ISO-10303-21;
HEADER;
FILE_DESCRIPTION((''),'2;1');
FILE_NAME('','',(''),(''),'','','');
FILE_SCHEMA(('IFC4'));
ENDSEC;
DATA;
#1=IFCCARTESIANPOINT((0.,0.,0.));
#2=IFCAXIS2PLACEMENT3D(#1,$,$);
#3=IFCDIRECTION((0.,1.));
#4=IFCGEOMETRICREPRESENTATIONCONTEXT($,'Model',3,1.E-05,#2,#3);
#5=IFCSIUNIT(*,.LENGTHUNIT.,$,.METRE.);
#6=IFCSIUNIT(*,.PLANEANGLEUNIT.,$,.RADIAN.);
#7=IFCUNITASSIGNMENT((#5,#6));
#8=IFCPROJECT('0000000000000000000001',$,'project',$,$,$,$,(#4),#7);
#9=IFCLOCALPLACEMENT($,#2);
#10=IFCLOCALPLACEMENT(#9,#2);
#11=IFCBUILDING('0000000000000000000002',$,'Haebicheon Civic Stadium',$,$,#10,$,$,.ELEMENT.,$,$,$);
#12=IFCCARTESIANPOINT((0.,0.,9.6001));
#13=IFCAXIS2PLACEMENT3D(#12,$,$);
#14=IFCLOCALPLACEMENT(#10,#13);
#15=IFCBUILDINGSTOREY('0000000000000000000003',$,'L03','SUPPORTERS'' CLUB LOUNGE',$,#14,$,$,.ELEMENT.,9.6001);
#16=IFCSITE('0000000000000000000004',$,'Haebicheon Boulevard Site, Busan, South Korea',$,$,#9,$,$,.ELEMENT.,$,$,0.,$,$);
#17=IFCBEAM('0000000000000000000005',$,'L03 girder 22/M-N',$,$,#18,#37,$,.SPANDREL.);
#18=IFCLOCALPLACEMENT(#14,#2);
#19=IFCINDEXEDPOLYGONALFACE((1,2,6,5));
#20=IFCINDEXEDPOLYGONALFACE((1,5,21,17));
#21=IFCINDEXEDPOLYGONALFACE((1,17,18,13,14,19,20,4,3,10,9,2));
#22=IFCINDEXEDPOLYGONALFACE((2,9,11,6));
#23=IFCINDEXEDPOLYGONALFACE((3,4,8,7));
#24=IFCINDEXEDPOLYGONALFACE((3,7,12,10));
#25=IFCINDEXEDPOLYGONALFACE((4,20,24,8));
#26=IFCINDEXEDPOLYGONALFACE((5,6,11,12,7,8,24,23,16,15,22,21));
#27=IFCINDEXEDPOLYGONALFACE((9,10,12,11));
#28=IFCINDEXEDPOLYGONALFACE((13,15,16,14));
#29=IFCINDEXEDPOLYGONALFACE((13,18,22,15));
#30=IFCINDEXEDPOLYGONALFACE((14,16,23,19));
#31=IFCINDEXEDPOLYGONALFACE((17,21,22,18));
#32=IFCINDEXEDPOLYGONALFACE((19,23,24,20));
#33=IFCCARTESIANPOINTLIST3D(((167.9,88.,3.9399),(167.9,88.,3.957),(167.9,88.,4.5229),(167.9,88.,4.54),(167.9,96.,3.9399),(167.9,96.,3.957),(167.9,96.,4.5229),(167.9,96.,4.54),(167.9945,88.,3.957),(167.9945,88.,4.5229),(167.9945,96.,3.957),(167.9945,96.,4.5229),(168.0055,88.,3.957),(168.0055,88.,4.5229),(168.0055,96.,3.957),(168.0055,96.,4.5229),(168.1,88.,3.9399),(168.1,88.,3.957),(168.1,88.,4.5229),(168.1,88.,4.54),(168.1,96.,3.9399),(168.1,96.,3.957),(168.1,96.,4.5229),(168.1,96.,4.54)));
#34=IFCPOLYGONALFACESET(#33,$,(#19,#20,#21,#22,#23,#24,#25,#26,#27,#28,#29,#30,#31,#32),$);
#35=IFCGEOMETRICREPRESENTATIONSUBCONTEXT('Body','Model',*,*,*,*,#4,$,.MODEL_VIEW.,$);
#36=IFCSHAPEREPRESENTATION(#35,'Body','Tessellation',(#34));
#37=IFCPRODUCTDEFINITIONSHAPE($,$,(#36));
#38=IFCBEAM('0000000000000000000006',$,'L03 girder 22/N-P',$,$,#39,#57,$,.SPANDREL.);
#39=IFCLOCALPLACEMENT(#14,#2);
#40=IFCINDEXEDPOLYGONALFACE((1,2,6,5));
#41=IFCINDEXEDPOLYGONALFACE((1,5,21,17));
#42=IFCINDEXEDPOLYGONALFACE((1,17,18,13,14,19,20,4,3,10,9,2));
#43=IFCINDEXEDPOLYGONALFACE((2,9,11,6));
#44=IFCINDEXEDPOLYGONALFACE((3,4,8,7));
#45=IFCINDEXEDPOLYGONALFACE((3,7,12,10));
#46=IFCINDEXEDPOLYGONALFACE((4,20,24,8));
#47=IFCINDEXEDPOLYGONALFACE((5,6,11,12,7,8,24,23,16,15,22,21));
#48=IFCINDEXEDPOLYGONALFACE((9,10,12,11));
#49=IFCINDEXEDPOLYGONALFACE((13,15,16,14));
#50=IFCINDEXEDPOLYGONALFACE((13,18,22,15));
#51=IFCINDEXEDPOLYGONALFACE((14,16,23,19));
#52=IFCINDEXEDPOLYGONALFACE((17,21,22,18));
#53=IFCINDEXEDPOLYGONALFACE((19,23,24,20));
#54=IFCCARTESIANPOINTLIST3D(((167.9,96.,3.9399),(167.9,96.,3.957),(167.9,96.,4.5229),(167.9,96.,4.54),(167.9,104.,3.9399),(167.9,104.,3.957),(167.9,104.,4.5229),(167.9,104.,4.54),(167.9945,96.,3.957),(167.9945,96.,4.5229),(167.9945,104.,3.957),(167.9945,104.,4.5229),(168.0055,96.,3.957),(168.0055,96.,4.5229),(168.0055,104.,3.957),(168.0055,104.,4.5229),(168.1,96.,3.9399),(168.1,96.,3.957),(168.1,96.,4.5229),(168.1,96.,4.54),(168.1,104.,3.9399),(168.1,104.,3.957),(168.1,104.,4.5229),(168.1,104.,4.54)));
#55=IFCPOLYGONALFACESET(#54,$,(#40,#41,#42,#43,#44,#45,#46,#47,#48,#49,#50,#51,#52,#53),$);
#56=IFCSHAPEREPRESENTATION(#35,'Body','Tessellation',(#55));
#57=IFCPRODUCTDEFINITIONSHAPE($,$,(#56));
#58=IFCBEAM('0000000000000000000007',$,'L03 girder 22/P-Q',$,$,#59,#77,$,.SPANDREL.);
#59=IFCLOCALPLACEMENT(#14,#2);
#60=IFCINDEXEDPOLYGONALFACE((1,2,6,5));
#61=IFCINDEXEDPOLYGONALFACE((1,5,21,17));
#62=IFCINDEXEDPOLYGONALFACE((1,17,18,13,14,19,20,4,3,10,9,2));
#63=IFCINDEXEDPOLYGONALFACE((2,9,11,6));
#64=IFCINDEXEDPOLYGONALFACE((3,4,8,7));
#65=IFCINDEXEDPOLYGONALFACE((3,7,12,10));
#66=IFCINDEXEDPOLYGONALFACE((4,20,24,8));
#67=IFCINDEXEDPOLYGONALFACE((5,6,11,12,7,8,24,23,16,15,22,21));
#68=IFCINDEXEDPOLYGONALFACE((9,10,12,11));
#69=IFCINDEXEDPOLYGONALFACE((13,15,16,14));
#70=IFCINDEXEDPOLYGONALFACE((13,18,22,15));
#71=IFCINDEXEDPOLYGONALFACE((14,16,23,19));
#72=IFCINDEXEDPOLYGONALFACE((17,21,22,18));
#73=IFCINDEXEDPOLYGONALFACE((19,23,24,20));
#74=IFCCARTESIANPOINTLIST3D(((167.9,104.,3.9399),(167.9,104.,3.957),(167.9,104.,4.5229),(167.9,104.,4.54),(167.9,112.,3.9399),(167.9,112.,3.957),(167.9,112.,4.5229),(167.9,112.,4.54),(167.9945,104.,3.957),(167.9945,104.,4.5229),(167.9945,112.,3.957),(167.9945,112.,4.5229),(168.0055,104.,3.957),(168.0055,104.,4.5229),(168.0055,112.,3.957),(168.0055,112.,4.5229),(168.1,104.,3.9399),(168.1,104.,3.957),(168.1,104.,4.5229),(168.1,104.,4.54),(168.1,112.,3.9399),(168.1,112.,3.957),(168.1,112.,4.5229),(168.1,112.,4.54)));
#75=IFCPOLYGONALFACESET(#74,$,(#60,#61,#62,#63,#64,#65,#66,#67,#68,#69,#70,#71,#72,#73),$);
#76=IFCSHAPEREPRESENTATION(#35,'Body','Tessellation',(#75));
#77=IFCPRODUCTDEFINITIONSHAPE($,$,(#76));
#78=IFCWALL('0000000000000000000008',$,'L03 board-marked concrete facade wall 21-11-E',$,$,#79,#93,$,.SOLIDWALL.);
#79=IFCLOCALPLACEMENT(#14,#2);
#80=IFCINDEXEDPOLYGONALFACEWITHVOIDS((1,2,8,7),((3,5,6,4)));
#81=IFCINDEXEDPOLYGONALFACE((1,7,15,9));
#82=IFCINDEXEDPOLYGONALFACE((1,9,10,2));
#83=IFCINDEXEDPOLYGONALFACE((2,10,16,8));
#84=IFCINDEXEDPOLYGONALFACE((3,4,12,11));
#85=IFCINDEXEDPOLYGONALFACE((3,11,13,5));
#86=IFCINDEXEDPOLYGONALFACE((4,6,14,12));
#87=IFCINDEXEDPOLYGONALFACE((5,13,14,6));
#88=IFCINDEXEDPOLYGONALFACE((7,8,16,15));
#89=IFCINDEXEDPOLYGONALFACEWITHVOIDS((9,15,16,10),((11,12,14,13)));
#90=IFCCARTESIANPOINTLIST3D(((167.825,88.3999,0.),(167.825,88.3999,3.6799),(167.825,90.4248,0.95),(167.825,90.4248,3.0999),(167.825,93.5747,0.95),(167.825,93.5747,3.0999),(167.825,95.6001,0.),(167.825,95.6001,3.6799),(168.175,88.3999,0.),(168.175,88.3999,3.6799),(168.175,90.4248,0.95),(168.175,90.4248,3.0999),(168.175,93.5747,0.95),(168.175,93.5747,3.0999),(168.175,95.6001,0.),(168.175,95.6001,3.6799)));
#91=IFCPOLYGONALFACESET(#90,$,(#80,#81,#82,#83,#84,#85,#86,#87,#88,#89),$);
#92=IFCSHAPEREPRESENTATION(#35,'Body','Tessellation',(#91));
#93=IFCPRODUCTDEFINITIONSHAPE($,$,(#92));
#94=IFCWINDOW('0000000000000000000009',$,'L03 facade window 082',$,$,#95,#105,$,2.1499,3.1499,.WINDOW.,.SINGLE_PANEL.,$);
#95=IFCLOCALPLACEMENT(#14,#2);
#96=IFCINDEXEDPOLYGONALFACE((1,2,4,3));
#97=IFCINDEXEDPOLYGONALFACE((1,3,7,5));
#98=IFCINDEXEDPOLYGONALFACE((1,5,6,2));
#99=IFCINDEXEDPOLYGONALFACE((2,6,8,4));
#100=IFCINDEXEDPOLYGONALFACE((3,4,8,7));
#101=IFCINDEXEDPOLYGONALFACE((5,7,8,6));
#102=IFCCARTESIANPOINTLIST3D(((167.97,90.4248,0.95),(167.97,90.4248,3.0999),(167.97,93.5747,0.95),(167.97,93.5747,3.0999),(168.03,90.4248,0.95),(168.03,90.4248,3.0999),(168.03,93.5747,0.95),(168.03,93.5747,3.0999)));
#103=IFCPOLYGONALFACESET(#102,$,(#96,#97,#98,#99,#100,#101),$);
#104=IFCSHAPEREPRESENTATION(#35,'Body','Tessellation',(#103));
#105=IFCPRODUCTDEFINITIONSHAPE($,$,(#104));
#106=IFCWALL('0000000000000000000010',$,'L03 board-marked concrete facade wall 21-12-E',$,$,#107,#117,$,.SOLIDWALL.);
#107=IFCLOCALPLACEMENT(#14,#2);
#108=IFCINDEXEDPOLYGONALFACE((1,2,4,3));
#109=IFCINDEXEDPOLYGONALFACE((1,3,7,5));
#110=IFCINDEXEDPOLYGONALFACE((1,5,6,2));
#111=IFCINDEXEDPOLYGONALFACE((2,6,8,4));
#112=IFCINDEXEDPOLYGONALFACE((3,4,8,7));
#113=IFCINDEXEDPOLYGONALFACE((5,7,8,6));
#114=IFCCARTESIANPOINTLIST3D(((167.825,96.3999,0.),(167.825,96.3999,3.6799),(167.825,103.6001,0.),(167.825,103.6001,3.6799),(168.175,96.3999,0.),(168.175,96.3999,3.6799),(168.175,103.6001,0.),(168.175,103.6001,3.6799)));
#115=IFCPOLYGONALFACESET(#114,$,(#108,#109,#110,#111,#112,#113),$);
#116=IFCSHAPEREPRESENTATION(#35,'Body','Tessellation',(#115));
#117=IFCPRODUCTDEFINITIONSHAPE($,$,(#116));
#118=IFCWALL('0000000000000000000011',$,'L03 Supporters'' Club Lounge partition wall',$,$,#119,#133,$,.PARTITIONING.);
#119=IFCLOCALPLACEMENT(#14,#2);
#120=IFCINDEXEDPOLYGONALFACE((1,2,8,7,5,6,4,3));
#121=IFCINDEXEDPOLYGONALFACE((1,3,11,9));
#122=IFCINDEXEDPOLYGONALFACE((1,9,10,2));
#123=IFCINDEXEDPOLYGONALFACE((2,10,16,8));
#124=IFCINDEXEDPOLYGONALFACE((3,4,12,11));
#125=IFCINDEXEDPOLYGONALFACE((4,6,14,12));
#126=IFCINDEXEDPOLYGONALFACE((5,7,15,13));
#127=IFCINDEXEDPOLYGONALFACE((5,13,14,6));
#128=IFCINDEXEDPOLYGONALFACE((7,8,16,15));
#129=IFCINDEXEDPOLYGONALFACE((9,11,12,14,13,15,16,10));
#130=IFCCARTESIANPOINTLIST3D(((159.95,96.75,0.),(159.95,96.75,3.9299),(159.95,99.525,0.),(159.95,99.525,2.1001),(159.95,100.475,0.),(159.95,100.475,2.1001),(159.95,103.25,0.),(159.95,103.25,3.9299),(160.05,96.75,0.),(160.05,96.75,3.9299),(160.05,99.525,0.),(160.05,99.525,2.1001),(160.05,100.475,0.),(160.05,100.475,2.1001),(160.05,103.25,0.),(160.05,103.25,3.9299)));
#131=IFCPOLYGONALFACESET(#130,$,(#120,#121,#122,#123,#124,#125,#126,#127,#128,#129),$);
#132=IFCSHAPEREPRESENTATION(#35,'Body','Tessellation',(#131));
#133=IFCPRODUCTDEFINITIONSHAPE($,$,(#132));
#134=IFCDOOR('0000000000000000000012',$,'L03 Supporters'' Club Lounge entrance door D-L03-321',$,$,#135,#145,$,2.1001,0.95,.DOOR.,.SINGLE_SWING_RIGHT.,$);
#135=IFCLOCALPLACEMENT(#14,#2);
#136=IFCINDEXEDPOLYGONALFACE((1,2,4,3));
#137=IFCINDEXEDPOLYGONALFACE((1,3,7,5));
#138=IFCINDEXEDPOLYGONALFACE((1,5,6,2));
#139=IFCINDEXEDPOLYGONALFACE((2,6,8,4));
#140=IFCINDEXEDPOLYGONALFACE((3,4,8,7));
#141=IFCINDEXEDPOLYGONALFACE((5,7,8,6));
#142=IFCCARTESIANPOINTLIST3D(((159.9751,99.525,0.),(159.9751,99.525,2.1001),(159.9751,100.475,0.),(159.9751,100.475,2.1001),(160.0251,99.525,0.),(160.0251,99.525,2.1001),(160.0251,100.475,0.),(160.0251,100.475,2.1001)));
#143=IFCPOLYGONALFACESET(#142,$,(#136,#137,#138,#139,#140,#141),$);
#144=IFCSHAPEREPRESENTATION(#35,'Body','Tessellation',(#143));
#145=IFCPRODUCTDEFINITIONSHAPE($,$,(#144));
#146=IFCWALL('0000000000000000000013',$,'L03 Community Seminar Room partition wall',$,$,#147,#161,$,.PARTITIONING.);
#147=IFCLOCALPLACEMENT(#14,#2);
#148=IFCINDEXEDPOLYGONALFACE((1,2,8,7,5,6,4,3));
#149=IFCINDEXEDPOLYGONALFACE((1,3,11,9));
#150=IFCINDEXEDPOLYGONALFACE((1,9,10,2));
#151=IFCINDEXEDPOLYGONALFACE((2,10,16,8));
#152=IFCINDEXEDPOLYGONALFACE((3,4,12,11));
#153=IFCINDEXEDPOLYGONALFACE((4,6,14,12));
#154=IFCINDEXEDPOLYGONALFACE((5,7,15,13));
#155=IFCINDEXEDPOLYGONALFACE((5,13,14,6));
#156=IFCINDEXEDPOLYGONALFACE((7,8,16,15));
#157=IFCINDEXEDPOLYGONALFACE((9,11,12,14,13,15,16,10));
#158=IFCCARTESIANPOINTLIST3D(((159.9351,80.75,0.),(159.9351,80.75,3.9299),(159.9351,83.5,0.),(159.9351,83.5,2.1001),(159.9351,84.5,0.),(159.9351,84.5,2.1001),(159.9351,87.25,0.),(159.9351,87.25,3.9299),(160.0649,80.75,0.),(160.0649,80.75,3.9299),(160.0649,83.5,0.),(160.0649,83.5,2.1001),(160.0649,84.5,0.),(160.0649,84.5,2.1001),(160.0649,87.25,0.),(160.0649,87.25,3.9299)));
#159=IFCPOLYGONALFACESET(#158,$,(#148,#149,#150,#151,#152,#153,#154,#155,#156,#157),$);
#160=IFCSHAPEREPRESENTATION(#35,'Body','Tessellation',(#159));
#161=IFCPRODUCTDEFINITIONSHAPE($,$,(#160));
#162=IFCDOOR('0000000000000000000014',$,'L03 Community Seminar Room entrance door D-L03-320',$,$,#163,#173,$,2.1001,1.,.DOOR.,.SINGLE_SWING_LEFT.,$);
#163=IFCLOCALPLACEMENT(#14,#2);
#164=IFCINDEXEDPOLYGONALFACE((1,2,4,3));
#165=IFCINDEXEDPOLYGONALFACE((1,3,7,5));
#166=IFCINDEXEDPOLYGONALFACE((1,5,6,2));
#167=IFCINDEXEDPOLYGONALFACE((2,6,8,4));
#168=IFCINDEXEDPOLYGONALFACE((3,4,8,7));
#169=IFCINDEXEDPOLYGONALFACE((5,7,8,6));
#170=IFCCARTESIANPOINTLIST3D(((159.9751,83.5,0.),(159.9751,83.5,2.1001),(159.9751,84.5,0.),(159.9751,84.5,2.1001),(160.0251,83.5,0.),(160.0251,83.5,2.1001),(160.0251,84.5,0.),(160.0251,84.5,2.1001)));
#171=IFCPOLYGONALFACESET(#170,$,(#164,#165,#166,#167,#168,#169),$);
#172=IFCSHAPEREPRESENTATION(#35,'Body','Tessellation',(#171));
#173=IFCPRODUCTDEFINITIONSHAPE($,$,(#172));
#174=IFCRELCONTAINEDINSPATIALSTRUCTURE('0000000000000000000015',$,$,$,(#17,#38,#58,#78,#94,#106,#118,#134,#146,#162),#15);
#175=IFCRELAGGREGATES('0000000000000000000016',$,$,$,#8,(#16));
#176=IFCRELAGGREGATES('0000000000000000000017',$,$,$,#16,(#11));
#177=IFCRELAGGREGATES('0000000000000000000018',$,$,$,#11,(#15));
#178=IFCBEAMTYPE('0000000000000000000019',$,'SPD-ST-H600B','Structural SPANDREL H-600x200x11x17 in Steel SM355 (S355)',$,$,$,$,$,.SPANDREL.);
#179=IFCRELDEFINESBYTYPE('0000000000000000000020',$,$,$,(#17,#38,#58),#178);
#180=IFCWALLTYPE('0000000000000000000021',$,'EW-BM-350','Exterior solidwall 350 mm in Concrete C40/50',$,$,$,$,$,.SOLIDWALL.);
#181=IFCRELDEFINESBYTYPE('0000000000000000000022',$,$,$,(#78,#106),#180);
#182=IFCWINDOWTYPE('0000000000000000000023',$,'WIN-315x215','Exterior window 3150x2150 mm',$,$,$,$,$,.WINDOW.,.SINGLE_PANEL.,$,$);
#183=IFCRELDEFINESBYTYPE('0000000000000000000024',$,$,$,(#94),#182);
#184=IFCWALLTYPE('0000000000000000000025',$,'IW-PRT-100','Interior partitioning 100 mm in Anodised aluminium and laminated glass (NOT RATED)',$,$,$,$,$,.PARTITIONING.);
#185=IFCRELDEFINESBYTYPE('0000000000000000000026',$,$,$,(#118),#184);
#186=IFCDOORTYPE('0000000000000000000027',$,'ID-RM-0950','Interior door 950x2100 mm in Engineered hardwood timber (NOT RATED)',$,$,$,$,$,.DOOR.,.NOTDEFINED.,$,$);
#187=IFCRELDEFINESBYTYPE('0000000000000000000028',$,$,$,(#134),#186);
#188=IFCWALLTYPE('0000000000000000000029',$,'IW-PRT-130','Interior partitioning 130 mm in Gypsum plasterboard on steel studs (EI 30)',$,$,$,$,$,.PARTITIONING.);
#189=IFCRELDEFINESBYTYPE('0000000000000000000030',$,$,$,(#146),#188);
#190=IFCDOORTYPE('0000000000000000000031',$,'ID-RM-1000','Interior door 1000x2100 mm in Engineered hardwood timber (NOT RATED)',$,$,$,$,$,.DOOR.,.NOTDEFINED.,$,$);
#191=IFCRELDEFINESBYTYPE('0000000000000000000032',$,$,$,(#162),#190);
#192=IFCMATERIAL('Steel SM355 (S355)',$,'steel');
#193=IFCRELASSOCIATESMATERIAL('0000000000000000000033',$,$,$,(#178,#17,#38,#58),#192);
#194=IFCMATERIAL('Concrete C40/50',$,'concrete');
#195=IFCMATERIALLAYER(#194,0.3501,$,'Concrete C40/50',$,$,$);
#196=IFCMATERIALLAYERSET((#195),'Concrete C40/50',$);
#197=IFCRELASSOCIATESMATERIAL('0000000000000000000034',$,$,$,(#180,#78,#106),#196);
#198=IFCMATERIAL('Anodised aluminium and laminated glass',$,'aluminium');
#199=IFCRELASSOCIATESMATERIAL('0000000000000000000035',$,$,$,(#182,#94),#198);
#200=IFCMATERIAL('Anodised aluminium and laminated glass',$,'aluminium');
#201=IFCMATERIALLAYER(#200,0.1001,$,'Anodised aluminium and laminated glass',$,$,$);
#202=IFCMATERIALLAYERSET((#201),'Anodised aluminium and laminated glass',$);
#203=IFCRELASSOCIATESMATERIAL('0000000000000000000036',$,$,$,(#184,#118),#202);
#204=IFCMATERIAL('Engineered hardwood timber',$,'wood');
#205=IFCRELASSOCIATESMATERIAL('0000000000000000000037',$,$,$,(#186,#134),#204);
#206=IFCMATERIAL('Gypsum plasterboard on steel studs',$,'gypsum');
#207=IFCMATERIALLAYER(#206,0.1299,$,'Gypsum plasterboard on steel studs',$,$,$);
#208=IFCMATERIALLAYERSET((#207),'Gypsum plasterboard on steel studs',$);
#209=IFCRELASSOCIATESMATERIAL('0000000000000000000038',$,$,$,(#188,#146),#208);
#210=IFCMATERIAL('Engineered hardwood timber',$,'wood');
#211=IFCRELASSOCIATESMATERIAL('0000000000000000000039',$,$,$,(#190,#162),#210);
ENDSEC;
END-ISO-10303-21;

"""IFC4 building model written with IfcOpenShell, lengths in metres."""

from ifc_helpers import new_model, si_unit, direction, frame, frame_2d, origin, origin_2d, place, context, subcontext, project, spatial, rectangle, i_section, extrude, material, layer, layer_set, material_profile, profile_set, type_object, element, fill, save


model = new_model("IFC4")

# Units and contexts
model_context = context("Model", 3, precision=1e-05, world=origin(), true_north=direction((0.0, 1.0)))
body_context = subcontext(model_context, "Body", "Model", "MODEL_VIEW")
ifc_project = project(units=[si_unit("LENGTHUNIT", "METRE"), si_unit("PLANEANGLEUNIT", "RADIAN")], contexts=[model_context])

# Site, building, storey
site_placement = place(None, origin())
site = spatial("IfcSite", under=ifc_project, at=site_placement, Name="Haebicheon Boulevard Site, Busan, South Korea", CompositionType="ELEMENT", RefElevation=0.0)
building_placement = place(site_placement, origin())
building = spatial("IfcBuilding", under=site, at=building_placement, Name="Haebicheon Civic Stadium", CompositionType="ELEMENT")
storey_placement = place(building_placement, frame((0.0, 0.0, 9.6001)))
storey = spatial("IfcBuildingStorey", under=building, at=storey_placement, Name="L03", Description="SUPPORTERS' CLUB LOUNGE", CompositionType="ELEMENT", Elevation=9.6001)

# Beams
ifc_material_1 = material(Name="Steel SM355 (S355)", Category="steel")
ifc_material_profile_1 = material_profile(ifc_material_1, i_section(OverallWidth=0.2, OverallDepth=0.6001, WebThickness=0.011, FlangeThickness=0.0171, at=origin_2d()), Name="H-600x200x11x17")
ifc_profile_set_1 = profile_set([ifc_material_profile_1], Name="Steel SM355 (S355)")
beam_type_1 = type_object("IfcBeamType", Name="SPD-ST-H600B", Description="Structural SPANDREL H-600x200x11x17 in Steel SM355 (S355)", PredefinedType="SPANDREL", material=ifc_profile_set_1)
for number, where, z_axis, x_axis, name in (
    (1, (168.0, 88.0, 4.24), (0.0, 1.0, 0.0), (-1.0, 0.0, 0.0), "L03 girder 22/M-N"),
    (2, (168.0, 96.0, 4.24), (0.0, 1.0, 0.0), (-1.0, 0.0, 0.0), "L03 girder 22/N-P"),
    (3, (168.0, 104.0, 4.24), (0.0, 1.0, 0.0), (-1.0, 0.0, 0.0), "L03 girder 22/P-Q"),
):
    element("IfcBeam", number, at=place(storey_placement, frame(where, z_axis=z_axis, x_axis=x_axis)), inside=storey, type_object=beam_type_1, material=ifc_profile_set_1, Name=name, PredefinedType="SPANDREL", context=body_context, shape_type="SweptSolid", body=[
        extrude(i_section(OverallWidth=0.2, OverallDepth=0.6001, WebThickness=0.011, FlangeThickness=0.0171, at=origin_2d()), origin(), (0.0, 0.0, 1.0), 8.0),
    ])

# Wall, opening, window
ifc_material_2 = material(Name="Concrete C40/50", Category="concrete")
ifc_layer_1 = layer(ifc_material_2, 0.3501, Name="Concrete C40/50")
ifc_layer_set_1 = layer_set([ifc_layer_1], Name="Concrete C40/50")
wall_type_1 = type_object("IfcWallType", Name="EW-BM-350", Description="Exterior solidwall 350 mm in Concrete C40/50", PredefinedType="SOLIDWALL", material=ifc_layer_set_1)
wall_1_placement = place(storey_placement, frame((168.0, 88.3999, 0.0), z_axis=(0.0, 0.0, 1.0), x_axis=(0.0, 1.0, 0.0)))
wall_1 = element("IfcWall", 4, at=wall_1_placement, inside=storey, type_object=wall_type_1, material=ifc_layer_set_1, Name="L03 board-marked concrete facade wall 21-11-E", PredefinedType="SOLIDWALL", context=body_context, shape_type="SweptSolid", body=[
    extrude(rectangle(XDim=7.2002, YDim=0.3501, at=frame_2d((3.6001, 0.0))), origin(), (0.0, 0.0, 1.0), 3.6799),
])
opening_1_placement = place(wall_1_placement, frame((2.0249, 0.0, 0.95)))
opening_1 = element("IfcOpeningElement", 5, at=opening_1_placement, cuts=wall_1, PredefinedType="OPENING", context=body_context, shape_type="SweptSolid", body=[
    extrude(rectangle(XDim=3.1499, YDim=2.1499, at=frame_2d((1.575, 1.075))), frame((0.0, 0.1851, 0.0), z_axis=(0.0, -1.0, 0.0), x_axis=(1.0, 0.0, 0.0)), (0.0, 0.0, 1.0), 0.3701),
])
ifc_material_3 = material(Name="Anodised aluminium and laminated glass", Category="aluminium")
window_type = type_object("IfcWindowType", Name="WIN-315x215", Description="Exterior window 3150x2150 mm", PartitioningType="SINGLE_PANEL", PredefinedType="WINDOW", material=ifc_material_3)
window_placement = place(opening_1_placement, origin())
window = element("IfcWindow", 6, at=window_placement, inside=storey, type_object=window_type, material=ifc_material_3, Name="L03 facade window 082", OverallHeight=2.1499, OverallWidth=3.1499, PartitioningType="SINGLE_PANEL", PredefinedType="WINDOW", context=body_context, shape_type="SweptSolid", body=[
    extrude(rectangle(XDim=3.1499, YDim=2.1499, at=frame_2d((1.575, 1.075))), frame((0.0, 0.03, 0.0), z_axis=(0.0, -1.0, 0.0), x_axis=(1.0, 0.0, 0.0)), (0.0, 0.0, 1.0), 0.0601),
])
fill(opening_1, window)

# Wall
wall_2_placement = place(storey_placement, frame((168.0, 96.3999, 0.0), z_axis=(0.0, 0.0, 1.0), x_axis=(0.0, 1.0, 0.0)))
element("IfcWall", 7, at=wall_2_placement, inside=storey, type_object=wall_type_1, material=ifc_layer_set_1, Name="L03 board-marked concrete facade wall 21-12-E", PredefinedType="SOLIDWALL", context=body_context, shape_type="SweptSolid", body=[
    extrude(rectangle(XDim=7.2002, YDim=0.3501, at=frame_2d((3.6001, 0.0))), origin(), (0.0, 0.0, 1.0), 3.6799),
])

# Walls, openings, doors
ifc_material_4 = material(Name="Anodised aluminium and laminated glass", Category="aluminium")
ifc_layer_2 = layer(ifc_material_4, 0.1001, Name="Anodised aluminium and laminated glass")
ifc_layer_set_2 = layer_set([ifc_layer_2], Name="Anodised aluminium and laminated glass")
wall_type_2 = type_object("IfcWallType", Name="IW-PRT-100", Description="Interior partitioning 100 mm in Anodised aluminium and laminated glass (NOT RATED)", PredefinedType="PARTITIONING", material=ifc_layer_set_2)
wall_3_placement = place(storey_placement, frame((160.0, 96.75, 0.0), z_axis=(0.0, 0.0, 1.0), x_axis=(0.0, 1.0, 0.0)))
wall_3 = element("IfcWall", 8, at=wall_3_placement, inside=storey, type_object=wall_type_2, material=ifc_layer_set_2, Name="L03 Supporters' Club Lounge partition wall", PredefinedType="PARTITIONING", context=body_context, shape_type="SweptSolid", body=[
    extrude(rectangle(XDim=6.5, YDim=0.1001, at=frame_2d((3.25, 0.0))), origin(), (0.0, 0.0, 1.0), 3.9299),
])
opening_2_placement = place(wall_3_placement, frame((2.7749, 0.0, 0.0)))
opening_2 = element("IfcOpeningElement", 9, at=opening_2_placement, cuts=wall_3, PredefinedType="OPENING", context=body_context, shape_type="SweptSolid", body=[
    extrude(rectangle(XDim=0.95, YDim=2.1001, at=frame_2d((0.4751, 1.05))), frame((0.0, 0.0601, 0.0), z_axis=(0.0, -1.0, 0.0), x_axis=(1.0, 0.0, 0.0)), (0.0, 0.0, 1.0), 0.1201),
])
ifc_material_5 = material(Name="Engineered hardwood timber", Category="wood")
door_type_1 = type_object("IfcDoorType", Name="ID-RM-0950", Description="Interior door 950x2100 mm in Engineered hardwood timber (NOT RATED)", OperationType="NOTDEFINED", PredefinedType="DOOR", material=ifc_material_5)
door_1_placement = place(opening_2_placement, origin())
door_1 = element("IfcDoor", 10, at=door_1_placement, inside=storey, type_object=door_type_1, material=ifc_material_5, Name="L03 Supporters' Club Lounge entrance door D-L03-321", OperationType="SINGLE_SWING_RIGHT", OverallHeight=2.1001, OverallWidth=0.95, PredefinedType="DOOR", context=body_context, shape_type="SweptSolid", body=[
    extrude(rectangle(XDim=0.95, YDim=2.1001, at=frame_2d((0.4751, 1.05))), frame((0.0, 0.0249, 0.0), z_axis=(0.0, -1.0, 0.0), x_axis=(1.0, 0.0, 0.0)), (0.0, 0.0, 1.0), 0.05),
])
fill(opening_2, door_1)
ifc_material_6 = material(Name="Gypsum plasterboard on steel studs", Category="gypsum")
ifc_layer_3 = layer(ifc_material_6, 0.1299, Name="Gypsum plasterboard on steel studs")
ifc_layer_set_3 = layer_set([ifc_layer_3], Name="Gypsum plasterboard on steel studs")
wall_type_3 = type_object("IfcWallType", Name="IW-PRT-130", Description="Interior partitioning 130 mm in Gypsum plasterboard on steel studs (EI 30)", PredefinedType="PARTITIONING", material=ifc_layer_set_3)
wall_4_placement = place(storey_placement, frame((160.0, 80.75, 0.0), z_axis=(0.0, 0.0, 1.0), x_axis=(0.0, 1.0, 0.0)))
wall_4 = element("IfcWall", 11, at=wall_4_placement, inside=storey, type_object=wall_type_3, material=ifc_layer_set_3, Name="L03 Community Seminar Room partition wall", PredefinedType="PARTITIONING", context=body_context, shape_type="SweptSolid", body=[
    extrude(rectangle(XDim=6.5, YDim=0.1299, at=frame_2d((3.25, 0.0))), origin(), (0.0, 0.0, 1.0), 3.9299),
])
opening_3_placement = place(wall_4_placement, frame((2.75, 0.0, 0.0)))
opening_3 = element("IfcOpeningElement", 12, at=opening_3_placement, cuts=wall_4, PredefinedType="OPENING", context=body_context, shape_type="SweptSolid", body=[
    extrude(rectangle(XDim=1.0, YDim=2.1001, at=frame_2d((0.5, 1.05))), frame((0.0, 0.075, 0.0), z_axis=(0.0, -1.0, 0.0), x_axis=(1.0, 0.0, 0.0)), (0.0, 0.0, 1.0), 0.1499),
])
ifc_material_7 = material(Name="Engineered hardwood timber", Category="wood")
door_type_2 = type_object("IfcDoorType", Name="ID-RM-1000", Description="Interior door 1000x2100 mm in Engineered hardwood timber (NOT RATED)", OperationType="NOTDEFINED", PredefinedType="DOOR", material=ifc_material_7)
door_2_placement = place(opening_3_placement, origin())
door_2 = element("IfcDoor", 13, at=door_2_placement, inside=storey, type_object=door_type_2, material=ifc_material_7, Name="L03 Community Seminar Room entrance door D-L03-320", OperationType="SINGLE_SWING_LEFT", OverallHeight=2.1001, OverallWidth=1.0, PredefinedType="DOOR", context=body_context, shape_type="SweptSolid", body=[
    extrude(rectangle(XDim=1.0, YDim=2.1001, at=frame_2d((0.5, 1.05))), frame((0.0, 0.0249, 0.0), z_axis=(0.0, -1.0, 0.0), x_axis=(1.0, 0.0, 0.0)), (0.0, 0.0, 1.0), 0.05),
])
fill(opening_3, door_2)

save(model, "model.ifc")
